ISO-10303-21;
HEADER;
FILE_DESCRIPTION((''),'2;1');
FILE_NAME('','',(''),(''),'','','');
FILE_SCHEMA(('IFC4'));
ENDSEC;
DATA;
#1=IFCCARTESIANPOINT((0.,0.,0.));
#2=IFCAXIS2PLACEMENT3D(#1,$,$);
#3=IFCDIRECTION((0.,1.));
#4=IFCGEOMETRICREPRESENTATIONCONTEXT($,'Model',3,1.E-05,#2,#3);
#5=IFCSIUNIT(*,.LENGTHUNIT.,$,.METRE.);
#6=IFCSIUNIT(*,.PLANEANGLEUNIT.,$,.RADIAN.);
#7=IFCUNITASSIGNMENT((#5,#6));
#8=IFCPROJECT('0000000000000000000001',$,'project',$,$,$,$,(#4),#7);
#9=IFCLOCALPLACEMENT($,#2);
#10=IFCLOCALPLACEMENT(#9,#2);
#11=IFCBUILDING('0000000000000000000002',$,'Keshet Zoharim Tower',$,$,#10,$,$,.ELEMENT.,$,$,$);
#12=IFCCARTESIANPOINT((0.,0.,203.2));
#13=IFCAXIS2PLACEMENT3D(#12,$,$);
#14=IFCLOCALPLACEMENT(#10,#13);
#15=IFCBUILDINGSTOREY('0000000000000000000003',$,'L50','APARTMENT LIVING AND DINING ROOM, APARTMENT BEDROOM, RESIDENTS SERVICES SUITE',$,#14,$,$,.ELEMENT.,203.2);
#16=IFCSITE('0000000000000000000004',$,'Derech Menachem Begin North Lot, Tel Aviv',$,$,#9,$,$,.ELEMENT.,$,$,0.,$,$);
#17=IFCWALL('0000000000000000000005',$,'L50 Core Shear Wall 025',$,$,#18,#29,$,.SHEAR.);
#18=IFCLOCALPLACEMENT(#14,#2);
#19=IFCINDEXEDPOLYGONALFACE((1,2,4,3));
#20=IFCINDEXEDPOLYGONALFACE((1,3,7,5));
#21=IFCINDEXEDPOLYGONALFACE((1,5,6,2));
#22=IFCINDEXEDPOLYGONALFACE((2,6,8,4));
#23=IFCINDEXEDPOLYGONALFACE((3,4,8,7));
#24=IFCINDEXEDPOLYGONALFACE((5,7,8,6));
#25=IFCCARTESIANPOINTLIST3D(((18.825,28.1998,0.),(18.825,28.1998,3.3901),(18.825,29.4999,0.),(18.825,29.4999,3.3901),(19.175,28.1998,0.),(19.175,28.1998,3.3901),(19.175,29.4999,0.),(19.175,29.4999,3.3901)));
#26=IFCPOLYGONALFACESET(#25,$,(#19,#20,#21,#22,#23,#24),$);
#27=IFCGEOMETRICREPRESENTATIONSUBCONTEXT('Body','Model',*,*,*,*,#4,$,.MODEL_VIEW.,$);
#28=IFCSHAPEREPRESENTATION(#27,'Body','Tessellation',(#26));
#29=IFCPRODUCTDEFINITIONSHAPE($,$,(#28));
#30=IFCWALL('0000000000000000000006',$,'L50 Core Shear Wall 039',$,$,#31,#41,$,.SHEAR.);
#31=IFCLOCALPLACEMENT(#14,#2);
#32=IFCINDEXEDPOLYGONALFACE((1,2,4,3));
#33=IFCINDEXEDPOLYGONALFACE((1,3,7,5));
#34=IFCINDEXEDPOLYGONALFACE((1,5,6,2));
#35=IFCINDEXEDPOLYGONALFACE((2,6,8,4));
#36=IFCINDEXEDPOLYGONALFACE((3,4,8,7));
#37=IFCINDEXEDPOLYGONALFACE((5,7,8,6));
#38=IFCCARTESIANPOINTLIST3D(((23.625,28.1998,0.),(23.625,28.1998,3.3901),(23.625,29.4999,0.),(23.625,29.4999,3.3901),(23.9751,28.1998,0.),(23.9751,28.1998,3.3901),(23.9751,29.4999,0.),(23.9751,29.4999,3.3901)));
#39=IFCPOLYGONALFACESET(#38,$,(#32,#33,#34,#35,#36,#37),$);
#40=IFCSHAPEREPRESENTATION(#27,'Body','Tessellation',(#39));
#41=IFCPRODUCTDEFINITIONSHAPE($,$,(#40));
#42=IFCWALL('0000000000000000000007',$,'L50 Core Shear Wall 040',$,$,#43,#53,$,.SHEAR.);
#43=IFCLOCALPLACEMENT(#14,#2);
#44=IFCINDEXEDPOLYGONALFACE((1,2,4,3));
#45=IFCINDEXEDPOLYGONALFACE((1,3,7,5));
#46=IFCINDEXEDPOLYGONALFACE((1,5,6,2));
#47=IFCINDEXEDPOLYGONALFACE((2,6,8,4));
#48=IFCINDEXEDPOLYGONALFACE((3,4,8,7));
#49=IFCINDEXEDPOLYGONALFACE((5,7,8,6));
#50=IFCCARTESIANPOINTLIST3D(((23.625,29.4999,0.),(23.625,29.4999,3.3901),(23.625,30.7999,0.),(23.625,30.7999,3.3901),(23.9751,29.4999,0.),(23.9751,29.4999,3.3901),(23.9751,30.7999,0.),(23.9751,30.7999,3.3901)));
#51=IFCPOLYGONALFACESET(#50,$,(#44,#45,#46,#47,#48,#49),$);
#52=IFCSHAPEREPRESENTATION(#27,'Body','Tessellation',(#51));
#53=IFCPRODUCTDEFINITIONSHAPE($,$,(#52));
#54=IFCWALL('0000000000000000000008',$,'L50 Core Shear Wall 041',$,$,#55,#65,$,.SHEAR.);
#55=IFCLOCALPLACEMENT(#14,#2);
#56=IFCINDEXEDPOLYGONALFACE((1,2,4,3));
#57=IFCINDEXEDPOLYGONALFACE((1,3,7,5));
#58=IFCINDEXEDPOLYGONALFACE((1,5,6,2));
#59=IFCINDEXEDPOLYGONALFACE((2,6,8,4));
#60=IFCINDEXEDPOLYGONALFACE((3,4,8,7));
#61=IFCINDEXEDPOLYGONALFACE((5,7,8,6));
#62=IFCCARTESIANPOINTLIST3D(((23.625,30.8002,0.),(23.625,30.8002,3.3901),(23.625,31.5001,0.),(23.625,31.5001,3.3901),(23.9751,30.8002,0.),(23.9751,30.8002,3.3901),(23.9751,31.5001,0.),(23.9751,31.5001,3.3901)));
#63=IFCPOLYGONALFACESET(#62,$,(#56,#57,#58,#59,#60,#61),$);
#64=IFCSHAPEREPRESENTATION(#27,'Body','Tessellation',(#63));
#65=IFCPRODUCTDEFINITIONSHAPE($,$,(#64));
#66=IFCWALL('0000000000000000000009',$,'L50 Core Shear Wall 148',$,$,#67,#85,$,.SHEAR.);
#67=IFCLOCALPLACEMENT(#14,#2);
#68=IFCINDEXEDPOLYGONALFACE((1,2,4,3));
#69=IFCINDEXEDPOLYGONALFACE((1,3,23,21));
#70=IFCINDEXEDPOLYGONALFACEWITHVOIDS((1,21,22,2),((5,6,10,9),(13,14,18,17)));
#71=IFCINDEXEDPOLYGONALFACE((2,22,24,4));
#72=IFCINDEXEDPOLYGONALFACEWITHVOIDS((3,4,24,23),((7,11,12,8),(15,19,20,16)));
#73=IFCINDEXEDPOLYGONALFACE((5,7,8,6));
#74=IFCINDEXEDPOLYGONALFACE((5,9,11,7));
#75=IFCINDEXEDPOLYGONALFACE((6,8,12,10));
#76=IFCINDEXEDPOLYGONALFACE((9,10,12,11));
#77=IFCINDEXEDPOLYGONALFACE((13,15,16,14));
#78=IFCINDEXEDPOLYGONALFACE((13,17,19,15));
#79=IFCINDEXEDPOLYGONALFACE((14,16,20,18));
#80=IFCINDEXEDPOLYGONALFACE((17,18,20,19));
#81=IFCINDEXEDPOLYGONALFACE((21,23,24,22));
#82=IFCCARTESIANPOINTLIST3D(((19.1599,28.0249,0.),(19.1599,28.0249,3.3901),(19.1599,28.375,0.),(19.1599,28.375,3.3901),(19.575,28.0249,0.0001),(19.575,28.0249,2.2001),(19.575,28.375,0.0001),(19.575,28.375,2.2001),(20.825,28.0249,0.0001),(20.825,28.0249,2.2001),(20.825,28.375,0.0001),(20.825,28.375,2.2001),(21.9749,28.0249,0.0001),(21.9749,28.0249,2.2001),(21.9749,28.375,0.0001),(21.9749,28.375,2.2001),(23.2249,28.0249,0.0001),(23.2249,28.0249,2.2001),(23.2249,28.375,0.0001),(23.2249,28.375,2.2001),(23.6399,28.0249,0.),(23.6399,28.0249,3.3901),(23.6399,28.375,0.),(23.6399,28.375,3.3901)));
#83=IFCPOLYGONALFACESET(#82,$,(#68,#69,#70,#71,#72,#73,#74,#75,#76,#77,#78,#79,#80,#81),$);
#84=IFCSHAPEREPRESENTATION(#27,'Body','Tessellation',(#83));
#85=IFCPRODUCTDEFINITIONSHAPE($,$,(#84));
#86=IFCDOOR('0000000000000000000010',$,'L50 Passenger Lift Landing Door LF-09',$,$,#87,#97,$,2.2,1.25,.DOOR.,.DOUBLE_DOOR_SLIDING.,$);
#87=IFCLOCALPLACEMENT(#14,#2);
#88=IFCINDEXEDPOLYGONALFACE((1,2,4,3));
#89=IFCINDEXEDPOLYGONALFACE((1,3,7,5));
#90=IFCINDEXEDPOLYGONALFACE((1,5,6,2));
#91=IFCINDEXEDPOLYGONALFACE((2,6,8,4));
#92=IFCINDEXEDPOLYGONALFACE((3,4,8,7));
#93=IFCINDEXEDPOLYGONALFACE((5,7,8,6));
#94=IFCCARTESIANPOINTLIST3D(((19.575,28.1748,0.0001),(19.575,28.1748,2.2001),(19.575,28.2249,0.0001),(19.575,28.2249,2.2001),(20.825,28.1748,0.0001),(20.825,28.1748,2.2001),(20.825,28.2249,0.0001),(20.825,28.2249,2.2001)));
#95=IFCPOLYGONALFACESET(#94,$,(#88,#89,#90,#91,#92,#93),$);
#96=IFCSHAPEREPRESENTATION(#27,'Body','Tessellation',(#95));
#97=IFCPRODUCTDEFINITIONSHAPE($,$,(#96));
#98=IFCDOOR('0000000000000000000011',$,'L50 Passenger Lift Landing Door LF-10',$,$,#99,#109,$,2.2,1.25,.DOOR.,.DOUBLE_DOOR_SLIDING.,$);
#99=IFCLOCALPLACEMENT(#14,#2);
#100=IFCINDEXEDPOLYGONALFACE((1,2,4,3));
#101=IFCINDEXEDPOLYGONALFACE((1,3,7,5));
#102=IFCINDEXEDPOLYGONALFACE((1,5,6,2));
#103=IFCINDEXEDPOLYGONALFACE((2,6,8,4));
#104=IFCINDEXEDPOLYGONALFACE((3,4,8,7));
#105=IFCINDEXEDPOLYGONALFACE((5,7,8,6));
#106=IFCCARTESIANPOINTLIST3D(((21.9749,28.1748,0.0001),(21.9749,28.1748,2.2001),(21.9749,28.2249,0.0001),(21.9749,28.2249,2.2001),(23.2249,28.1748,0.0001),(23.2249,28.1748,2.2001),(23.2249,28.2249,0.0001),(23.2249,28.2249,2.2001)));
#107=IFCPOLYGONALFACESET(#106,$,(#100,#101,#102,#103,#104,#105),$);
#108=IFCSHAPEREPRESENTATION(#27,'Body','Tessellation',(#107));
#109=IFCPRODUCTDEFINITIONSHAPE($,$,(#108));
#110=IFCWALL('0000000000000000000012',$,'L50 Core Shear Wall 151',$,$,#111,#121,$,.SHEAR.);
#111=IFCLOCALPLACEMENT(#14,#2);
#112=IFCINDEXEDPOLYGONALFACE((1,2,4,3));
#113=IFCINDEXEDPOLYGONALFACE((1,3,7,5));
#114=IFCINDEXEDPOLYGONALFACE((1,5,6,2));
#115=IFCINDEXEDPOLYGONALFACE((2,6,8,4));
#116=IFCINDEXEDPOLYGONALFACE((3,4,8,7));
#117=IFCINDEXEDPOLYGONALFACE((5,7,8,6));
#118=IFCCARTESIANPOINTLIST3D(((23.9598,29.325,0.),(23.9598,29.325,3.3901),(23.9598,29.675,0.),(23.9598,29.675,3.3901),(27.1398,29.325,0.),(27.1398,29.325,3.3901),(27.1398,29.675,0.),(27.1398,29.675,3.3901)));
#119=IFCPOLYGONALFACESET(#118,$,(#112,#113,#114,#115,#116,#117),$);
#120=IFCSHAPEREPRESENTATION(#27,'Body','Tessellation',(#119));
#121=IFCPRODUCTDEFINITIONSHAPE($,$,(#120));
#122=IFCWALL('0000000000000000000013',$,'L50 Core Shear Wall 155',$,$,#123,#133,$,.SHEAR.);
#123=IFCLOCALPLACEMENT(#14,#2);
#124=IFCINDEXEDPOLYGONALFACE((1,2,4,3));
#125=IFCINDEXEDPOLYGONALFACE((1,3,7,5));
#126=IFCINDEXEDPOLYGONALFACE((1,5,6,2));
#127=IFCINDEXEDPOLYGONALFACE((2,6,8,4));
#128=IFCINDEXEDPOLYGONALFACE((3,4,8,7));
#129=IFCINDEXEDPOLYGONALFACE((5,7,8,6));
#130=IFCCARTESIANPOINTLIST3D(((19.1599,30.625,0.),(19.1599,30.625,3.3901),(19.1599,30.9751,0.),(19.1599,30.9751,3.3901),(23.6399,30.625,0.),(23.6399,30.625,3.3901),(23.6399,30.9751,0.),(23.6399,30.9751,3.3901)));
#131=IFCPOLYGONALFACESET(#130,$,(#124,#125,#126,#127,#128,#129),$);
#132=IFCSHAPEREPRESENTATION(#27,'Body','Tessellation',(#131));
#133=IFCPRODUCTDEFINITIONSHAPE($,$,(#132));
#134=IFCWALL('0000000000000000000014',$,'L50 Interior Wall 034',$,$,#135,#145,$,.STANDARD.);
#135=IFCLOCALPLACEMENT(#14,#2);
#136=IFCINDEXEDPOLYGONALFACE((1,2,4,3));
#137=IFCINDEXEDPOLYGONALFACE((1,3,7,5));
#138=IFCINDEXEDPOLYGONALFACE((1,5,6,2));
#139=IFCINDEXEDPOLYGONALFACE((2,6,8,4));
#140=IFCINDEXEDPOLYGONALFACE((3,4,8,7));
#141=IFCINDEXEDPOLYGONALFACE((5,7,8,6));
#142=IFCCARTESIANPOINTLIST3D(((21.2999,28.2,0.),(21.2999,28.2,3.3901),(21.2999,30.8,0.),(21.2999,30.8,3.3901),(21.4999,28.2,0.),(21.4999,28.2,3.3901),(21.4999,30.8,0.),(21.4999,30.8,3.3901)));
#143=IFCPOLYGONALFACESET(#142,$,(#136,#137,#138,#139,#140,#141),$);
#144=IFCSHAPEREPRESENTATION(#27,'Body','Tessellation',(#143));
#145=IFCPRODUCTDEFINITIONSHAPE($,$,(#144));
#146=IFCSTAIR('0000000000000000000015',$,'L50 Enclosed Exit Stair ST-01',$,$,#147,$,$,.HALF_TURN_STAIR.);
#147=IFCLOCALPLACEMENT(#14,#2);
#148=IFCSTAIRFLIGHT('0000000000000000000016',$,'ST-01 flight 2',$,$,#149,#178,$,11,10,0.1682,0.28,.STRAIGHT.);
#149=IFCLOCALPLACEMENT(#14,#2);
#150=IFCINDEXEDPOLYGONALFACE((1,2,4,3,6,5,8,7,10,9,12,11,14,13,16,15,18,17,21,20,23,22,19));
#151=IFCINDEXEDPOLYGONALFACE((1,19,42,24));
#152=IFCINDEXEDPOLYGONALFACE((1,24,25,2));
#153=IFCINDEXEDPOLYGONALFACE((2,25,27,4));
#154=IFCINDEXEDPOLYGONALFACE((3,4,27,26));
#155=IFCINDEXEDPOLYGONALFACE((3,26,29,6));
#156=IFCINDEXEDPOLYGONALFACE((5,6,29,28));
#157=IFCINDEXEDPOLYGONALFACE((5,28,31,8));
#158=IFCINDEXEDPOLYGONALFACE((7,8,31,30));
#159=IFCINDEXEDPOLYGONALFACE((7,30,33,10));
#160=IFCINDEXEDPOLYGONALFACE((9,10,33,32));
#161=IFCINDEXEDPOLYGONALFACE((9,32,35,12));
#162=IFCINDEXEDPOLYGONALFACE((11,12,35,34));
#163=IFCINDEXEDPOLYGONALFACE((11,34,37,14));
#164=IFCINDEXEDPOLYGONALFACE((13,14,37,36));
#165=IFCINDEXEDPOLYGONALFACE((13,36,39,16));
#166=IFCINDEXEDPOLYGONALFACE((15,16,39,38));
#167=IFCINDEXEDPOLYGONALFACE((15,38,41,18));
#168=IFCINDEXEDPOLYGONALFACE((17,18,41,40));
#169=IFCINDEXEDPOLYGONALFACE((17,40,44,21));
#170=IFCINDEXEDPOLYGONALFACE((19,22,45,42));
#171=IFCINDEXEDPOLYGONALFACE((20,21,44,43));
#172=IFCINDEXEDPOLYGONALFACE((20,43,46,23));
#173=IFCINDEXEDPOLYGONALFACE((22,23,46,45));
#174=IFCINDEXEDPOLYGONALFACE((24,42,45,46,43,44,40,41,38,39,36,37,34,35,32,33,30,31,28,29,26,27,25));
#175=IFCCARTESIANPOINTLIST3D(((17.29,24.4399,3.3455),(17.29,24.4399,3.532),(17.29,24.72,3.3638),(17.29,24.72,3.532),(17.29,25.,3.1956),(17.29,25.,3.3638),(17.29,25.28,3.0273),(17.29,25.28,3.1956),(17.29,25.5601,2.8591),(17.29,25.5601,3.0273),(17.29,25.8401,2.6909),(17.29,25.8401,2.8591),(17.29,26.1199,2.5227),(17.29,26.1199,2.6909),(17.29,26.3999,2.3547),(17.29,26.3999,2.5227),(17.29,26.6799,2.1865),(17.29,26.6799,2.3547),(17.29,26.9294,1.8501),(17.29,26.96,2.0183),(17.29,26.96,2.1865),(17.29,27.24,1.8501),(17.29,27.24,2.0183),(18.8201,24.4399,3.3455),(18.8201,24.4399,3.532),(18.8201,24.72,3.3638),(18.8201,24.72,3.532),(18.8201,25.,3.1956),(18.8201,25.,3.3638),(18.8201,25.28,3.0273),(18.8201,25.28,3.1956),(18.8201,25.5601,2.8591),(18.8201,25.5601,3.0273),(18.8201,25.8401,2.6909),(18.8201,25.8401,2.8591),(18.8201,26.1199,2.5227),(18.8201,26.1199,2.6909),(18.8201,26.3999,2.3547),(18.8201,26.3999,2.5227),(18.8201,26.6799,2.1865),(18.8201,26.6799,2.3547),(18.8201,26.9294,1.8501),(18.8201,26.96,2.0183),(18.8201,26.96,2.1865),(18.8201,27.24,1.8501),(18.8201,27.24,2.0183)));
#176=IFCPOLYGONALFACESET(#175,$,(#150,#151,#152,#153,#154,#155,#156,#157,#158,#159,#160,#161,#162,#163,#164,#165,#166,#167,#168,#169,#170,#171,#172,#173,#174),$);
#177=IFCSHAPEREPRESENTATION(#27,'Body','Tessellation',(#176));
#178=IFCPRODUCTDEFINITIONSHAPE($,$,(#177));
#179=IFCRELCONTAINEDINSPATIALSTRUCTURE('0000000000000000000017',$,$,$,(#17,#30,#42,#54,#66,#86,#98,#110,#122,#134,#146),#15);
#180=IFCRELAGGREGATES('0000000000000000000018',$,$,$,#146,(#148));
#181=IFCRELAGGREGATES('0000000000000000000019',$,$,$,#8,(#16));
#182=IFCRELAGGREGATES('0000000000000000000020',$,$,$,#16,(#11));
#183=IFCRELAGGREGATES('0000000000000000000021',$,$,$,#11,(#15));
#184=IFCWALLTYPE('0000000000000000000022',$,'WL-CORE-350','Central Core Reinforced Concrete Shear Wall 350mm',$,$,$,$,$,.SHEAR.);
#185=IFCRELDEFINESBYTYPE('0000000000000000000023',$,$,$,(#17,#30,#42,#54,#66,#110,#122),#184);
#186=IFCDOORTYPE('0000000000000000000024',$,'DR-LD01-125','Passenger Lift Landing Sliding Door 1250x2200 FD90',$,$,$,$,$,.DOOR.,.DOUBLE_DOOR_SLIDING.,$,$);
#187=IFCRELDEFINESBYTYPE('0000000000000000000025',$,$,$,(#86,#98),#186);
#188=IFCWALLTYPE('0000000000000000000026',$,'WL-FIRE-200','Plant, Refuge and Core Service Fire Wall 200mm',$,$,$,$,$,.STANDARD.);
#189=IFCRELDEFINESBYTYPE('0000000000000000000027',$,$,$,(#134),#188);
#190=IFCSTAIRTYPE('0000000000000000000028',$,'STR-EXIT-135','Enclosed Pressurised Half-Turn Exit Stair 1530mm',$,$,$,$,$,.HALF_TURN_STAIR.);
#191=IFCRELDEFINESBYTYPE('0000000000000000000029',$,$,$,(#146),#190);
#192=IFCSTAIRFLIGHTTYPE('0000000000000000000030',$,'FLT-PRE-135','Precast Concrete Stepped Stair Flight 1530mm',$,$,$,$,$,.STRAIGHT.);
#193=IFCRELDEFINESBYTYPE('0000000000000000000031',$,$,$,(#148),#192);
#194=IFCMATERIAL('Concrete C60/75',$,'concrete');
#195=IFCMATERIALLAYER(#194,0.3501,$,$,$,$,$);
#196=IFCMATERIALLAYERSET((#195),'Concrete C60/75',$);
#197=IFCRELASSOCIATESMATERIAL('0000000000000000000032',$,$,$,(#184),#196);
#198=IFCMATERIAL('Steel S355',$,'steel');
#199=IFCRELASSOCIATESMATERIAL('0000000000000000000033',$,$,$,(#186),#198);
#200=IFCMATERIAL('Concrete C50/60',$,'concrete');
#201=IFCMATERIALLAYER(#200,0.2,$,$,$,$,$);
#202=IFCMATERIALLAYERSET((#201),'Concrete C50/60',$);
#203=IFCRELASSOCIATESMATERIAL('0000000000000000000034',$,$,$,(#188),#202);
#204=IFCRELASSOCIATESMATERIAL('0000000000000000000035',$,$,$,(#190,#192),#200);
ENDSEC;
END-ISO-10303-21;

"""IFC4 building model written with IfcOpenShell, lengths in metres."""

from ifc_helpers import new_model, si_unit, direction, frame, frame_2d, origin, place, context, subcontext, project, spatial, polyline, rectangle, outline, extrude, material, layer, layer_set, type_object, element, fill, aggregate, save


model = new_model("IFC4")

# Units and contexts
model_context = context("Model", 3, precision=1e-05, world=origin(), true_north=direction((0.0, 1.0)))
body_context = subcontext(model_context, "Body", "Model", "MODEL_VIEW")
ifc_project = project(units=[si_unit("LENGTHUNIT", "METRE"), si_unit("PLANEANGLEUNIT", "RADIAN")], contexts=[model_context])

# Site, building, storey
site_placement = place(None, origin())
site = spatial("IfcSite", under=ifc_project, at=site_placement, Name="Derech Menachem Begin North Lot, Tel Aviv", CompositionType="ELEMENT", RefElevation=0.0)
building_placement = place(site_placement, origin())
building = spatial("IfcBuilding", under=site, at=building_placement, Name="Keshet Zoharim Tower", CompositionType="ELEMENT")
storey_placement = place(building_placement, frame((0.0, 0.0, 203.2)))
storey = spatial("IfcBuildingStorey", under=building, at=storey_placement, Name="L50", Description="APARTMENT LIVING AND DINING ROOM, APARTMENT BEDROOM, RESIDENTS SERVICES SUITE", CompositionType="ELEMENT", Elevation=203.2)

# Wall
ifc_material_1 = material(Name="Concrete C60/75", Category="concrete")
ifc_layer_1 = layer(ifc_material_1, 0.3501)
ifc_layer_set_1 = layer_set([ifc_layer_1], Name="Concrete C60/75")
wall_type_1 = type_object("IfcWallType", Name="WL-CORE-350", Description="Central Core Reinforced Concrete Shear Wall 350mm", PredefinedType="SHEAR", material=ifc_layer_set_1)
wall_1_placement = place(storey_placement, frame((19.0, 28.2, 0.0), z_axis=(0.0, 0.0, 1.0), x_axis=(0.0, 1.0, 0.0)))
element("IfcWall", 1, at=wall_1_placement, inside=storey, type_object=wall_type_1, Name="L50 Core Shear Wall 025", PredefinedType="SHEAR", context=body_context, shape_type="SweptSolid", body=[
    extrude(rectangle(XDim=1.3, YDim=0.3501, at=frame_2d((0.6499, 0.0))), origin(), (0.0, 0.0, 1.0), 3.3901),
])

# Walls
for number, where, z_axis, x_axis, name in (
    (2, (23.8, 28.2, 0.0), (0.0, 0.0, 1.0), (0.0, 1.0, 0.0), "L50 Core Shear Wall 039"),
    (3, (23.8, 29.5, 0.0), (0.0, 0.0, 1.0), (0.0, 1.0, 0.0), "L50 Core Shear Wall 040"),
):
    element("IfcWall", number, at=place(storey_placement, frame(where, z_axis=z_axis, x_axis=x_axis)), inside=storey, type_object=wall_type_1, Name=name, PredefinedType="SHEAR", context=body_context, shape_type="SweptSolid", body=[
        extrude(rectangle(XDim=1.3, YDim=0.3501, at=frame_2d((0.6499, 0.0))), origin(), (0.0, 0.0, 1.0), 3.3901),
    ])
wall_2_placement = place(storey_placement, frame((23.8, 30.8, 0.0), z_axis=(0.0, 0.0, 1.0), x_axis=(0.0, 1.0, 0.0)))
element("IfcWall", 4, at=wall_2_placement, inside=storey, type_object=wall_type_1, Name="L50 Core Shear Wall 041", PredefinedType="SHEAR", context=body_context, shape_type="SweptSolid", body=[
    extrude(rectangle(XDim=0.7, YDim=0.3501, at=frame_2d((0.3501, 0.0))), origin(), (0.0, 0.0, 1.0), 3.3901),
])

# Wall, openings, doors
wall_3_placement = place(storey_placement, frame((19.1599, 28.2, 0.0), z_axis=(0.0, 0.0, 1.0), x_axis=(1.0, 0.0, 0.0)))
wall_3 = element("IfcWall", 5, at=wall_3_placement, inside=storey, type_object=wall_type_1, Name="L50 Core Shear Wall 148", PredefinedType="SHEAR", context=body_context, shape_type="SweptSolid", body=[
    extrude(rectangle(XDim=4.48, YDim=0.3501, at=frame_2d((2.24, 0.0))), origin(), (0.0, 0.0, 1.0), 3.3901),
])
opening_1_placement = place(wall_3_placement, frame((0.415, 0.0, 0.0)))
opening_1 = element("IfcOpeningElement", 6, at=opening_1_placement, cuts=wall_3, PredefinedType="OPENING", context=body_context, shape_type="SweptSolid", body=[
    extrude(rectangle(XDim=1.25, YDim=2.2, at=frame_2d((0.625, 1.1001))), frame((0.0, 0.1851, 0.0), z_axis=(0.0, -1.0, 0.0), x_axis=(1.0, 0.0, 0.0)), (0.0, 0.0, 1.0), 0.3701),
])
opening_2_placement = place(wall_3_placement, frame((2.8149, 0.0, 0.0)))
opening_2 = element("IfcOpeningElement", 7, at=opening_2_placement, cuts=wall_3, PredefinedType="OPENING", context=body_context, shape_type="SweptSolid", body=[
    extrude(rectangle(XDim=1.25, YDim=2.2, at=frame_2d((0.625, 1.1001))), frame((0.0, 0.1851, 0.0), z_axis=(0.0, -1.0, 0.0), x_axis=(1.0, 0.0, 0.0)), (0.0, 0.0, 1.0), 0.3701),
])
ifc_material_2 = material(Name="Steel S355", Category="steel")
door_type_1 = type_object("IfcDoorType", Name="DR-LD01-125", Description="Passenger Lift Landing Sliding Door 1250x2200 FD90", OperationType="DOUBLE_DOOR_SLIDING", PredefinedType="DOOR", material=ifc_material_2)
door_1_placement = place(opening_1_placement, origin())
door_1 = element("IfcDoor", 8, at=door_1_placement, inside=storey, type_object=door_type_1, Name="L50 Passenger Lift Landing Door LF-09", OperationType="DOUBLE_DOOR_SLIDING", OverallHeight=2.2, OverallWidth=1.25, PredefinedType="DOOR", context=body_context, shape_type="SweptSolid", body=[
    extrude(rectangle(XDim=1.25, YDim=2.2, at=frame_2d((0.625, 1.1001))), frame((0.0, 0.0249, 0.0), z_axis=(0.0, -1.0, 0.0), x_axis=(1.0, 0.0, 0.0)), (0.0, 0.0, 1.0), 0.05),
])
fill(opening_1, door_1)
door_2_placement = place(opening_2_placement, origin())
door_2 = element("IfcDoor", 9, at=door_2_placement, inside=storey, type_object=door_type_1, Name="L50 Passenger Lift Landing Door LF-10", OperationType="DOUBLE_DOOR_SLIDING", OverallHeight=2.2, OverallWidth=1.25, PredefinedType="DOOR", context=body_context, shape_type="SweptSolid", body=[
    extrude(rectangle(XDim=1.25, YDim=2.2, at=frame_2d((0.625, 1.1001))), frame((0.0, 0.0249, 0.0), z_axis=(0.0, -1.0, 0.0), x_axis=(1.0, 0.0, 0.0)), (0.0, 0.0, 1.0), 0.05),
])
fill(opening_2, door_2)

# Walls
wall_4_placement = place(storey_placement, frame((23.96, 29.5, 0.0), z_axis=(0.0, 0.0, 1.0), x_axis=(1.0, 0.0, 0.0)))
element("IfcWall", 10, at=wall_4_placement, inside=storey, type_object=wall_type_1, Name="L50 Core Shear Wall 151", PredefinedType="SHEAR", context=body_context, shape_type="SweptSolid", body=[
    extrude(rectangle(XDim=3.1799, YDim=0.3501, at=frame_2d((1.5898, 0.0))), origin(), (0.0, 0.0, 1.0), 3.3901),
])
wall_5_placement = place(storey_placement, frame((19.1599, 30.8, 0.0), z_axis=(0.0, 0.0, 1.0), x_axis=(1.0, 0.0, 0.0)))
element("IfcWall", 11, at=wall_5_placement, inside=storey, type_object=wall_type_1, Name="L50 Core Shear Wall 155", PredefinedType="SHEAR", context=body_context, shape_type="SweptSolid", body=[
    extrude(rectangle(XDim=4.48, YDim=0.3501, at=frame_2d((2.24, 0.0))), origin(), (0.0, 0.0, 1.0), 3.3901),
])
ifc_material_3 = material(Name="Concrete C50/60", Category="concrete")
ifc_layer_2 = layer(ifc_material_3, 0.2)
ifc_layer_set_2 = layer_set([ifc_layer_2], Name="Concrete C50/60")
wall_type_2 = type_object("IfcWallType", Name="WL-FIRE-200", Description="Plant, Refuge and Core Service Fire Wall 200mm", PredefinedType="STANDARD", material=ifc_layer_set_2)
wall_6_placement = place(storey_placement, frame((21.3999, 28.2, 0.0), z_axis=(0.0, 0.0, 1.0), x_axis=(0.0, 1.0, 0.0)))
element("IfcWall", 12, at=wall_6_placement, inside=storey, type_object=wall_type_2, Name="L50 Interior Wall 034", PredefinedType="STANDARD", context=body_context, shape_type="SweptSolid", body=[
    extrude(rectangle(XDim=2.6001, YDim=0.2, at=frame_2d((1.3, 0.0))), origin(), (0.0, 0.0, 1.0), 3.3901),
])

# Stair, stair flight
stair_type = type_object("IfcStairType", Name="STR-EXIT-135", Description="Enclosed Pressurised Half-Turn Exit Stair 1530mm", PredefinedType="HALF_TURN_STAIR", material=ifc_material_3)
stair_1_placement = place(storey_placement, origin())
stair_1 = element("IfcStair", 13, at=stair_1_placement, inside=storey, type_object=stair_type, Name="L50 Enclosed Exit Stair ST-01", PredefinedType="HALF_TURN_STAIR")
stair_flight_type_1 = type_object("IfcStairFlightType", Name="FLT-PRE-135", Description="Precast Concrete Stepped Stair Flight 1530mm", PredefinedType="STRAIGHT", material=ifc_material_3)
stair_flight_1_placement = place(storey_placement, frame((18.0549, 27.24, 1.8501), z_axis=(0.0, 0.0, 1.0), x_axis=(0.0, -1.0, 0.0)))
stair_flight_1 = element("IfcStairFlight", 14, at=stair_flight_1_placement, type_object=stair_flight_type_1, Name="ST-01 flight 2", NumberOfRisers=11, NumberOfTreads=10, PredefinedType="STRAIGHT", RiserHeight=0.1682, TreadLength=0.28, context=body_context, shape_type="SweptSolid", body=[
    extrude(outline(polyline([(0.0, 0.0), (0.0, 0.1682), (0.28, 0.1682), (0.28, 0.3364), (0.5601, 0.3364), (0.5601, 0.5046), (0.8401, 0.5046), (0.8401, 0.6726), (1.1201, 0.6726), (1.1201, 0.8408), (1.3999, 0.8408), (1.3999, 1.009), (1.6799, 1.009), (1.6799, 1.1772), (1.96, 1.1772), (1.96, 1.3455), (2.24, 1.3455), (2.24, 1.5137), (2.52, 1.5137), (2.52, 1.6819), (2.8, 1.6819), (2.8, 1.8501), (2.8, 1.4954), (0.3105, 0.0), (0.0, 0.0)])), frame((0.0, 0.7651, 0.0), z_axis=(0.0, -1.0, 0.0), x_axis=(1.0, 0.0, 0.0)), (0.0, 0.0, 1.0), 1.53),
])
aggregate(stair_1, [stair_flight_1])

save(model, "model.ifc")
